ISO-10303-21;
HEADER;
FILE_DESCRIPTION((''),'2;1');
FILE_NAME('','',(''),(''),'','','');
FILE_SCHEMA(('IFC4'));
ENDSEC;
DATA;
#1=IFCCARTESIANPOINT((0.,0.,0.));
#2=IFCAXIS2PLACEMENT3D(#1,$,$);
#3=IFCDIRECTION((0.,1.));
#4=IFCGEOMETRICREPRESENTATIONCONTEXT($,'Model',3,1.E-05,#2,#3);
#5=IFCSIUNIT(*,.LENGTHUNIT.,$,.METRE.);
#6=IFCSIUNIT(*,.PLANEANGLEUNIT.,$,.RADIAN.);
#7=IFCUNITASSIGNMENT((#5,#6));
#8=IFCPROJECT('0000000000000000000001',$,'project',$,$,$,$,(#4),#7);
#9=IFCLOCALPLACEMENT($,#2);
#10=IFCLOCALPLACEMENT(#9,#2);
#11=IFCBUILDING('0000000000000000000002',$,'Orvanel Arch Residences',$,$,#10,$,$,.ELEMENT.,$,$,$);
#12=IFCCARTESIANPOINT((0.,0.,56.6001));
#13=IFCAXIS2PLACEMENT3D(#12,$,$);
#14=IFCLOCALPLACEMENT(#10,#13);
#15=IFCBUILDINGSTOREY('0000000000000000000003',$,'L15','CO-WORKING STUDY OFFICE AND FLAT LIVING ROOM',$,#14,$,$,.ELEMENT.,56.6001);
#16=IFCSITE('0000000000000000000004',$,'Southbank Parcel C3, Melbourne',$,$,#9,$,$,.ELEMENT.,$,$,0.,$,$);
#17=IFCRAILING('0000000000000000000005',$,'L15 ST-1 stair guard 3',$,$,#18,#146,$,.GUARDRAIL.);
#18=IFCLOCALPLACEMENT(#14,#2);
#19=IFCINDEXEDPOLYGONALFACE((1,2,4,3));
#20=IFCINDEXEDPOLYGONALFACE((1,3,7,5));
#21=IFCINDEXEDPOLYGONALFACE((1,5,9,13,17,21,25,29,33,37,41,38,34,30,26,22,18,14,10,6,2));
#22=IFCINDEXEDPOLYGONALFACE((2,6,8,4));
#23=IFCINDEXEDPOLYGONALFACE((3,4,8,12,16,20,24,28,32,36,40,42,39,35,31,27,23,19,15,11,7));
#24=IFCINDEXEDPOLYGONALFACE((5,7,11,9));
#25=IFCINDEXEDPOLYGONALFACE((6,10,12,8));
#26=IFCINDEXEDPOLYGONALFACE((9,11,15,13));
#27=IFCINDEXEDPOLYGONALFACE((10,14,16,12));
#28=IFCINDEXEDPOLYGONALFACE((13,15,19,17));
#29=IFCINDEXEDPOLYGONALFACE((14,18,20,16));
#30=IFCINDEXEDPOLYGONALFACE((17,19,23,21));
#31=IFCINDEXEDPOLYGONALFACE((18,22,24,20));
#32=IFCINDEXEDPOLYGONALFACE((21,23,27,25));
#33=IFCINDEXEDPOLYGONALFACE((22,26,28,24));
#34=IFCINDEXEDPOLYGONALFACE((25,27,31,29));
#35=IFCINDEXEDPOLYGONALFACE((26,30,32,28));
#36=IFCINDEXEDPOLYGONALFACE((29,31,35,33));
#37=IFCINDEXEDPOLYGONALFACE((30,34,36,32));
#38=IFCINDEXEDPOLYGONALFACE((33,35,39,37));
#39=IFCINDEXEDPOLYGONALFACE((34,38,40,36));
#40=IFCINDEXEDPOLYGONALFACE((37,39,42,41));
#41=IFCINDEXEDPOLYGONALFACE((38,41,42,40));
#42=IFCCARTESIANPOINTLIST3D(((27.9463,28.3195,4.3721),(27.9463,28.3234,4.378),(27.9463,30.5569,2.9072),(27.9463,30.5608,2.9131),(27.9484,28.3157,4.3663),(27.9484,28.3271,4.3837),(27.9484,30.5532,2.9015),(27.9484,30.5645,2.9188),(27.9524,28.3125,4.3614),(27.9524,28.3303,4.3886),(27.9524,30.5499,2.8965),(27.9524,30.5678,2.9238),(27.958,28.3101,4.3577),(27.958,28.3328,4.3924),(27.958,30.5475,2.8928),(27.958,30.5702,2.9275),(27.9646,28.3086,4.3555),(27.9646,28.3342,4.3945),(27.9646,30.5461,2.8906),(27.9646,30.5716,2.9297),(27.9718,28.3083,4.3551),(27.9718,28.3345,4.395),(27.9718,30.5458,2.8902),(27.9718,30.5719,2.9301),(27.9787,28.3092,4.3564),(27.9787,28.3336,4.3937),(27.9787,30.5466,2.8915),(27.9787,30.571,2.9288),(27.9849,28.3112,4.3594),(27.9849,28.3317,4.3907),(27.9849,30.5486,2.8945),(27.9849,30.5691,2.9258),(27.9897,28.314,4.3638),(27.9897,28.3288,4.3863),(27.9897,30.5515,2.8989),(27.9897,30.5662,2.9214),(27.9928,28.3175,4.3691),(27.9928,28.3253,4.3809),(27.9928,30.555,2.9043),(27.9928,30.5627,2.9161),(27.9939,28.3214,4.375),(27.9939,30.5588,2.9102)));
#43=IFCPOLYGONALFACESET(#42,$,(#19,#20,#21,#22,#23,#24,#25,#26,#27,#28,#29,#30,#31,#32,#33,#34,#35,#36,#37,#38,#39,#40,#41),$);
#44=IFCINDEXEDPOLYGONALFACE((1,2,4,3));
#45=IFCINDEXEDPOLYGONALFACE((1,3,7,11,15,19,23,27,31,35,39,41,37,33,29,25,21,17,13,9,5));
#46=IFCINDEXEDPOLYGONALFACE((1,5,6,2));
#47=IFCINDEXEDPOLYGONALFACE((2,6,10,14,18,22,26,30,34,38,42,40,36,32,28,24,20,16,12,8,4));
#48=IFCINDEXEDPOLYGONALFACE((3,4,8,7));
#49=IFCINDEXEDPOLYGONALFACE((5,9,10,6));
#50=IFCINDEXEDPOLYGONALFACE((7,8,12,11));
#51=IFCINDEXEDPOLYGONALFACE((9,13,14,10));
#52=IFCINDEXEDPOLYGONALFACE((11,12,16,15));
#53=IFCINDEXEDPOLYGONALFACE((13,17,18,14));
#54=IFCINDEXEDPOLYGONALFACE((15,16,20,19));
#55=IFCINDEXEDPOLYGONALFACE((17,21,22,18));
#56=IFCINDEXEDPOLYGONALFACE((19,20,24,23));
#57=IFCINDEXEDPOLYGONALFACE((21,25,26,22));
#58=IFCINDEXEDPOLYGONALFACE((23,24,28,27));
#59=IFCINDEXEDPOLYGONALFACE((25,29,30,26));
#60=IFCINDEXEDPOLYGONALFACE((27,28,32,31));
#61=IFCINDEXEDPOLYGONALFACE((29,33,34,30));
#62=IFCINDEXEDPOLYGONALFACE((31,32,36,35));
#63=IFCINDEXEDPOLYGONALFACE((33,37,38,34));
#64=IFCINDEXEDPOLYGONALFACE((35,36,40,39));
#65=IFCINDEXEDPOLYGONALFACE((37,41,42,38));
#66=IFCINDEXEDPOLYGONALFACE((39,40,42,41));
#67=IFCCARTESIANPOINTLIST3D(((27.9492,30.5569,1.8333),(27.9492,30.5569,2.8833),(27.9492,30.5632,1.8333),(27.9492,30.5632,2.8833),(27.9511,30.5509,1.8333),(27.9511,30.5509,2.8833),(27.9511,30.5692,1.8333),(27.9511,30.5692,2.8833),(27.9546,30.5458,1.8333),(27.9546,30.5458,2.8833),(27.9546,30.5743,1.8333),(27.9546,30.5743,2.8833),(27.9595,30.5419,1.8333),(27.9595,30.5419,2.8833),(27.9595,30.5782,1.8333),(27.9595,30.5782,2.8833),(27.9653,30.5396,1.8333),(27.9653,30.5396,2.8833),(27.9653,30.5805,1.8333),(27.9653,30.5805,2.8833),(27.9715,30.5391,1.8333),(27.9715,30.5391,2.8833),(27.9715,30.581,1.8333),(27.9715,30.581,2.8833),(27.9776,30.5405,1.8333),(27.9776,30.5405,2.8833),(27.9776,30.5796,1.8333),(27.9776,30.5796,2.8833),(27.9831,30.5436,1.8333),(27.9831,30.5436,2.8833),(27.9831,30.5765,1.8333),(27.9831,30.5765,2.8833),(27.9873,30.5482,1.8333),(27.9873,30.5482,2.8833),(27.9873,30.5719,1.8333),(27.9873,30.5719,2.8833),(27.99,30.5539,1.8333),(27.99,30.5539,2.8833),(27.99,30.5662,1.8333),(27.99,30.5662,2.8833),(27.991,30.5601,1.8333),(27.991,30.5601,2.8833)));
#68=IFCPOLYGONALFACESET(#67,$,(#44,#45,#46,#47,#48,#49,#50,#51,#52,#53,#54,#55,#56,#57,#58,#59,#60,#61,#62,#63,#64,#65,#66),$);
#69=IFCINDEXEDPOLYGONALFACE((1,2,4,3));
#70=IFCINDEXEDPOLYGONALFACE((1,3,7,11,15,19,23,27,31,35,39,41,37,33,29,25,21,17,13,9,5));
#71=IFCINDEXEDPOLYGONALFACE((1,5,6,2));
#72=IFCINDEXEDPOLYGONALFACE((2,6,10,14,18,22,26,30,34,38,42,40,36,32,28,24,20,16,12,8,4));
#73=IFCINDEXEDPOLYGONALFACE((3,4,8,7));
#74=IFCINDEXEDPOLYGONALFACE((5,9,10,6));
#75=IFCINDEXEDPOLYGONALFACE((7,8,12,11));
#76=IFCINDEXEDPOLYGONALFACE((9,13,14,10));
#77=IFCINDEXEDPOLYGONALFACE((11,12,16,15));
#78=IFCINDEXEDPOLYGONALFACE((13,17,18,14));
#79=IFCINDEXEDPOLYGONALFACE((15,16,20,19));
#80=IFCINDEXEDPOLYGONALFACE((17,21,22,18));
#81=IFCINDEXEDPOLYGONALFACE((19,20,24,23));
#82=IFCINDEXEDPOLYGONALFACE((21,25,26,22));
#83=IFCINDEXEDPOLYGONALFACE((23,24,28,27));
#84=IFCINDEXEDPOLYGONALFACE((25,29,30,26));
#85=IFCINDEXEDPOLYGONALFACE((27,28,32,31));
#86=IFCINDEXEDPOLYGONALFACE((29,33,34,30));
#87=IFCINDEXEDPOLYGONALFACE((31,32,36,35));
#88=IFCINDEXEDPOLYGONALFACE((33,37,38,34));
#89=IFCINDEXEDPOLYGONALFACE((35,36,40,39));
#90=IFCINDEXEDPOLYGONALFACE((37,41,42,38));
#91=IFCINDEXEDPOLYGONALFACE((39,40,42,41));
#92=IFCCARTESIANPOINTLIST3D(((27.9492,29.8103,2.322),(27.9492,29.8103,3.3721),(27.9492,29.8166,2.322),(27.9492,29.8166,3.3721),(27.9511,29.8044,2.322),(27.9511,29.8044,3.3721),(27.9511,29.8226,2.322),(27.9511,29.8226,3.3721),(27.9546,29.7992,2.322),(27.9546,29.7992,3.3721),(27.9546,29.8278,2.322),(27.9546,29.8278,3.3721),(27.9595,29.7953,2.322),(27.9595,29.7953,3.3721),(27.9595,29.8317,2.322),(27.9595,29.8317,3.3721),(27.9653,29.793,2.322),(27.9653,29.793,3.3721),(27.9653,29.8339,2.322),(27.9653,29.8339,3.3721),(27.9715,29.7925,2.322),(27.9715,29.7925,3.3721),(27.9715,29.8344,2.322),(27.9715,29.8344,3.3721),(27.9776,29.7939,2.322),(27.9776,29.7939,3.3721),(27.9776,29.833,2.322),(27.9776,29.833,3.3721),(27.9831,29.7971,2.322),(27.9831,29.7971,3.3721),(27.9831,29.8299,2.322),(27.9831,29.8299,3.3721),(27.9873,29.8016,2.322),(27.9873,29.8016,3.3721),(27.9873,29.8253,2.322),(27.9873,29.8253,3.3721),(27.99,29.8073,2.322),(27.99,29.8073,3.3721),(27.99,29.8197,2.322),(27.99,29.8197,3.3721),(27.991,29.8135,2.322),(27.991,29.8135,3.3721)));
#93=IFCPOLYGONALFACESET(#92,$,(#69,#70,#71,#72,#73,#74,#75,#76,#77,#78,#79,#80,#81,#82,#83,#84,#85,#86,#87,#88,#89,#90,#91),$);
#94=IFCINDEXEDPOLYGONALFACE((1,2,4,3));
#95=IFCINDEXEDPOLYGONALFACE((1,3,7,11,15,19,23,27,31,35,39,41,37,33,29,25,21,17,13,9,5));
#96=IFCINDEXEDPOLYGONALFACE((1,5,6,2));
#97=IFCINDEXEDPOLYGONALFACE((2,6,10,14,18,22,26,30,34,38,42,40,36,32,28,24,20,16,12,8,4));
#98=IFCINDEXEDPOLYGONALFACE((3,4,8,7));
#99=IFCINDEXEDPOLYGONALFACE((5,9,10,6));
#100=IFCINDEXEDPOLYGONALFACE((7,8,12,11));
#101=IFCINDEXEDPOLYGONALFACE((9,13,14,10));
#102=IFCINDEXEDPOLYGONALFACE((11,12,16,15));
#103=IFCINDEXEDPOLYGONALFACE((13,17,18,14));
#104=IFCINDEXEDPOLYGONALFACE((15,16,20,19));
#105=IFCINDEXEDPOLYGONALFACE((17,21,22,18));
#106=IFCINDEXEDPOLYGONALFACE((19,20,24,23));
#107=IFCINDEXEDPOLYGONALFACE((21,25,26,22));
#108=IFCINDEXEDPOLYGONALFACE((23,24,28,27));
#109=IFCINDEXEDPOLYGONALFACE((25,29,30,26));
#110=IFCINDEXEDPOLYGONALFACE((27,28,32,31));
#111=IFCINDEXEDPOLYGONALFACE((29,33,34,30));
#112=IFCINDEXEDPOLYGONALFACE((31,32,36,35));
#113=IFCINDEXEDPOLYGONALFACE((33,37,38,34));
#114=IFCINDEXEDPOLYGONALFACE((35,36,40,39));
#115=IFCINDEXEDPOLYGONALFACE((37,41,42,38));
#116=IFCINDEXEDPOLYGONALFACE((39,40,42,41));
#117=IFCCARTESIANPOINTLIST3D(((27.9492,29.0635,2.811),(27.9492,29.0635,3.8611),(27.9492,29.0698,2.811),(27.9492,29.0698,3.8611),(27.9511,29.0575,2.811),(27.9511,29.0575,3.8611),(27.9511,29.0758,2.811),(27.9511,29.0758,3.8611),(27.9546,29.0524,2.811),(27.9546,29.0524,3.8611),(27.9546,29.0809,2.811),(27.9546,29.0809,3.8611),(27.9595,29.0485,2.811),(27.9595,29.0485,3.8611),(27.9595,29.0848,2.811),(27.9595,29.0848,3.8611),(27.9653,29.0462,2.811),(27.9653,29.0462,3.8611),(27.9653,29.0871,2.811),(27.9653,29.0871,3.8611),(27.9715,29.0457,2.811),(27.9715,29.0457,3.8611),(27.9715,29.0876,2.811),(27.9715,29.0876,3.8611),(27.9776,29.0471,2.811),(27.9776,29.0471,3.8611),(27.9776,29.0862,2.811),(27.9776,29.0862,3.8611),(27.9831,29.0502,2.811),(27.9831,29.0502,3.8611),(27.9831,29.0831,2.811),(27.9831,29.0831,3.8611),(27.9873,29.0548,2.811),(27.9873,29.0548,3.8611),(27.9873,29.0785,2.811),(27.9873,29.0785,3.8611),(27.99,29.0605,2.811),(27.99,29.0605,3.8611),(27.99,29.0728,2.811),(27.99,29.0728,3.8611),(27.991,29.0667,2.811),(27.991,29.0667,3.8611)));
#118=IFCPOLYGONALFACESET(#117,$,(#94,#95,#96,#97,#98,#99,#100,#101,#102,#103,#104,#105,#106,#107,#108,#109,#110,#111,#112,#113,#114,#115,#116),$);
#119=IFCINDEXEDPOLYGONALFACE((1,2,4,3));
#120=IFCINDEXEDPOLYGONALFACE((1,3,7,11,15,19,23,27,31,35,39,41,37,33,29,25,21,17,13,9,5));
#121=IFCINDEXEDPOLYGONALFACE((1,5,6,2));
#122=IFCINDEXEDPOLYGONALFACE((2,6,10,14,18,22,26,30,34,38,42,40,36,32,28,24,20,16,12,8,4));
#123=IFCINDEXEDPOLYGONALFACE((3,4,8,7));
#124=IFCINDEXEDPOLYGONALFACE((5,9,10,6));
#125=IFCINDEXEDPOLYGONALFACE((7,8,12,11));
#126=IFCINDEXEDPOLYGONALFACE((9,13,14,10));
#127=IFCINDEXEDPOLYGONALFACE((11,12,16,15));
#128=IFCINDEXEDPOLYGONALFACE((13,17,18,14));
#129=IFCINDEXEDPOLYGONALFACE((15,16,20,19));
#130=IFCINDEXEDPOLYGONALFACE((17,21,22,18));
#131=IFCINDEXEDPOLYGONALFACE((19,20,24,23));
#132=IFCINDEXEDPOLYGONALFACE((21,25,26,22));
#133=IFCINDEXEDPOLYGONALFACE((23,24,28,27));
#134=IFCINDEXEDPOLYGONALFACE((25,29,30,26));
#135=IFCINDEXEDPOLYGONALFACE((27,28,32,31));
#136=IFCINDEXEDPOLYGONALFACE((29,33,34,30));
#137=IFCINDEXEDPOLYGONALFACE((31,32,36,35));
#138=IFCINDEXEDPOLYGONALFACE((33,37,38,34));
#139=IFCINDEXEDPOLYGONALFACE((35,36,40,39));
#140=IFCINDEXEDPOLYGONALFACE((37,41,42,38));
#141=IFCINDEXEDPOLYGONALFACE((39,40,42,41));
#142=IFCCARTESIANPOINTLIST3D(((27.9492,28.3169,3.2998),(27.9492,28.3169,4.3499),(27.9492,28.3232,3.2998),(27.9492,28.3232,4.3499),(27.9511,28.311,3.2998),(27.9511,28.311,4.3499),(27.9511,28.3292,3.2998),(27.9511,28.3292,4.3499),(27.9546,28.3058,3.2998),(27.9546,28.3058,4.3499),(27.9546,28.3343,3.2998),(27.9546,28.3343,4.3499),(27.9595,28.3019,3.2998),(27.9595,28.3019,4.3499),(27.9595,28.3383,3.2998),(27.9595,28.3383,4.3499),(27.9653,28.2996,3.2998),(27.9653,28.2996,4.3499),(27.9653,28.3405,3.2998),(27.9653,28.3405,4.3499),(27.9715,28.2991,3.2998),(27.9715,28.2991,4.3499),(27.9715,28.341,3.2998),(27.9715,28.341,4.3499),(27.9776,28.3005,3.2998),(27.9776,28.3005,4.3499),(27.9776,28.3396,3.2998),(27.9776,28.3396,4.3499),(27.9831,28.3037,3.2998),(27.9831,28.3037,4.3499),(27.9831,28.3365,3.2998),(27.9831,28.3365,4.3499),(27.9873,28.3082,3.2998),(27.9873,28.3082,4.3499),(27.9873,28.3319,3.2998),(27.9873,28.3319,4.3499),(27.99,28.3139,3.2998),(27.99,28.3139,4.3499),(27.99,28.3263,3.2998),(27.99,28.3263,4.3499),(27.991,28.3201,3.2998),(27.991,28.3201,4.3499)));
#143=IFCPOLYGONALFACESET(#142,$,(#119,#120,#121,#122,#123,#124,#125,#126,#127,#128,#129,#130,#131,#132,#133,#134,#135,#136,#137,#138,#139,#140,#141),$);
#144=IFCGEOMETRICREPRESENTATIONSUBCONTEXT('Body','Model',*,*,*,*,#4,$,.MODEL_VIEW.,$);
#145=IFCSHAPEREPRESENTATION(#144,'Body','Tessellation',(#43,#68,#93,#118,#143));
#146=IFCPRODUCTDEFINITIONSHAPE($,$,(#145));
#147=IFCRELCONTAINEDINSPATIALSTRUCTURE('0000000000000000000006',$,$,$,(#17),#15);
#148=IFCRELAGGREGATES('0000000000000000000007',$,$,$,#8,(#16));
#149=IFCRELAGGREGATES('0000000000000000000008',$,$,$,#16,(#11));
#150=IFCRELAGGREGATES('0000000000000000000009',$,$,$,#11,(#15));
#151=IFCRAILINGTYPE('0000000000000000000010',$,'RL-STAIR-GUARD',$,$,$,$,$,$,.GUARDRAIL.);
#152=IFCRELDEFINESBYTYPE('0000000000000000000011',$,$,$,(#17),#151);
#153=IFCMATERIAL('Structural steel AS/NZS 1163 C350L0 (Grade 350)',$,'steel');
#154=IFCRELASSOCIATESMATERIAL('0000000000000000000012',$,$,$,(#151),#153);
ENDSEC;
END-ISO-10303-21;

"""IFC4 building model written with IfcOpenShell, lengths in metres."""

from ifc_helpers import new_model, si_unit, direction, frame, origin, origin_2d, place, context, subcontext, project, spatial, circle, extrude, material, type_object, element, save


model = new_model("IFC4")

# Units and contexts
model_context = context("Model", 3, precision=1e-05, world=origin(), true_north=direction((0.0, 1.0)))
body_context = subcontext(model_context, "Body", "Model", "MODEL_VIEW")
ifc_project = project(units=[si_unit("LENGTHUNIT", "METRE"), si_unit("PLANEANGLEUNIT", "RADIAN")], contexts=[model_context])

# Site, building, storey
site_placement = place(None, origin())
site = spatial("IfcSite", under=ifc_project, at=site_placement, Name="Southbank Parcel C3, Melbourne", CompositionType="ELEMENT", RefElevation=0.0)
building_placement = place(site_placement, origin())
building = spatial("IfcBuilding", under=site, at=building_placement, Name="Orvanel Arch Residences", CompositionType="ELEMENT")
storey_placement = place(building_placement, frame((0.0, 0.0, 56.6001)))
storey = spatial("IfcBuildingStorey", under=building, at=storey_placement, Name="L15", Description="CO-WORKING STUDY OFFICE AND FLAT LIVING ROOM", CompositionType="ELEMENT", Elevation=56.6001)

# Railing
ifc_material_1 = material(Name="Structural steel AS/NZS 1163 C350L0 (Grade 350)", Category="steel")
railing_type_1 = type_object("IfcRailingType", Name="RL-STAIR-GUARD", PredefinedType="GUARDRAIL", material=ifc_material_1)
railing_1_placement = place(storey_placement, frame((27.97, 30.5601, 1.8333)))
element("IfcRailing", 1, at=railing_1_placement, inside=storey, type_object=railing_type_1, Name="L15 ST-1 stair guard 3", PredefinedType="GUARDRAIL", context=body_context, shape_type="SweptSolid", body=[
    extrude(circle(Radius=0.0239, at=origin_2d()), frame((0.0, -0.0012, 1.0769), z_axis=(0.0, -0.836637, 0.547758), x_axis=(1.0, 0.0, 0.0)), (0.0, 0.0, 1.0), 2.6743),
    extrude(circle(Radius=0.021, at=origin_2d()), origin(), (0.0, 0.0, 1.0), 1.05),
    extrude(circle(Radius=0.021, at=origin_2d()), frame((0.0, -0.7466, 0.4888)), (0.0, 0.0, 1.0), 1.05),
    extrude(circle(Radius=0.021, at=origin_2d()), frame((0.0, -1.4934, 0.9778)), (0.0, 0.0, 1.0), 1.05),
    extrude(circle(Radius=0.021, at=origin_2d()), frame((0.0, -2.24, 1.4666)), (0.0, 0.0, 1.0), 1.05),
])

save(model, "model.ifc")
